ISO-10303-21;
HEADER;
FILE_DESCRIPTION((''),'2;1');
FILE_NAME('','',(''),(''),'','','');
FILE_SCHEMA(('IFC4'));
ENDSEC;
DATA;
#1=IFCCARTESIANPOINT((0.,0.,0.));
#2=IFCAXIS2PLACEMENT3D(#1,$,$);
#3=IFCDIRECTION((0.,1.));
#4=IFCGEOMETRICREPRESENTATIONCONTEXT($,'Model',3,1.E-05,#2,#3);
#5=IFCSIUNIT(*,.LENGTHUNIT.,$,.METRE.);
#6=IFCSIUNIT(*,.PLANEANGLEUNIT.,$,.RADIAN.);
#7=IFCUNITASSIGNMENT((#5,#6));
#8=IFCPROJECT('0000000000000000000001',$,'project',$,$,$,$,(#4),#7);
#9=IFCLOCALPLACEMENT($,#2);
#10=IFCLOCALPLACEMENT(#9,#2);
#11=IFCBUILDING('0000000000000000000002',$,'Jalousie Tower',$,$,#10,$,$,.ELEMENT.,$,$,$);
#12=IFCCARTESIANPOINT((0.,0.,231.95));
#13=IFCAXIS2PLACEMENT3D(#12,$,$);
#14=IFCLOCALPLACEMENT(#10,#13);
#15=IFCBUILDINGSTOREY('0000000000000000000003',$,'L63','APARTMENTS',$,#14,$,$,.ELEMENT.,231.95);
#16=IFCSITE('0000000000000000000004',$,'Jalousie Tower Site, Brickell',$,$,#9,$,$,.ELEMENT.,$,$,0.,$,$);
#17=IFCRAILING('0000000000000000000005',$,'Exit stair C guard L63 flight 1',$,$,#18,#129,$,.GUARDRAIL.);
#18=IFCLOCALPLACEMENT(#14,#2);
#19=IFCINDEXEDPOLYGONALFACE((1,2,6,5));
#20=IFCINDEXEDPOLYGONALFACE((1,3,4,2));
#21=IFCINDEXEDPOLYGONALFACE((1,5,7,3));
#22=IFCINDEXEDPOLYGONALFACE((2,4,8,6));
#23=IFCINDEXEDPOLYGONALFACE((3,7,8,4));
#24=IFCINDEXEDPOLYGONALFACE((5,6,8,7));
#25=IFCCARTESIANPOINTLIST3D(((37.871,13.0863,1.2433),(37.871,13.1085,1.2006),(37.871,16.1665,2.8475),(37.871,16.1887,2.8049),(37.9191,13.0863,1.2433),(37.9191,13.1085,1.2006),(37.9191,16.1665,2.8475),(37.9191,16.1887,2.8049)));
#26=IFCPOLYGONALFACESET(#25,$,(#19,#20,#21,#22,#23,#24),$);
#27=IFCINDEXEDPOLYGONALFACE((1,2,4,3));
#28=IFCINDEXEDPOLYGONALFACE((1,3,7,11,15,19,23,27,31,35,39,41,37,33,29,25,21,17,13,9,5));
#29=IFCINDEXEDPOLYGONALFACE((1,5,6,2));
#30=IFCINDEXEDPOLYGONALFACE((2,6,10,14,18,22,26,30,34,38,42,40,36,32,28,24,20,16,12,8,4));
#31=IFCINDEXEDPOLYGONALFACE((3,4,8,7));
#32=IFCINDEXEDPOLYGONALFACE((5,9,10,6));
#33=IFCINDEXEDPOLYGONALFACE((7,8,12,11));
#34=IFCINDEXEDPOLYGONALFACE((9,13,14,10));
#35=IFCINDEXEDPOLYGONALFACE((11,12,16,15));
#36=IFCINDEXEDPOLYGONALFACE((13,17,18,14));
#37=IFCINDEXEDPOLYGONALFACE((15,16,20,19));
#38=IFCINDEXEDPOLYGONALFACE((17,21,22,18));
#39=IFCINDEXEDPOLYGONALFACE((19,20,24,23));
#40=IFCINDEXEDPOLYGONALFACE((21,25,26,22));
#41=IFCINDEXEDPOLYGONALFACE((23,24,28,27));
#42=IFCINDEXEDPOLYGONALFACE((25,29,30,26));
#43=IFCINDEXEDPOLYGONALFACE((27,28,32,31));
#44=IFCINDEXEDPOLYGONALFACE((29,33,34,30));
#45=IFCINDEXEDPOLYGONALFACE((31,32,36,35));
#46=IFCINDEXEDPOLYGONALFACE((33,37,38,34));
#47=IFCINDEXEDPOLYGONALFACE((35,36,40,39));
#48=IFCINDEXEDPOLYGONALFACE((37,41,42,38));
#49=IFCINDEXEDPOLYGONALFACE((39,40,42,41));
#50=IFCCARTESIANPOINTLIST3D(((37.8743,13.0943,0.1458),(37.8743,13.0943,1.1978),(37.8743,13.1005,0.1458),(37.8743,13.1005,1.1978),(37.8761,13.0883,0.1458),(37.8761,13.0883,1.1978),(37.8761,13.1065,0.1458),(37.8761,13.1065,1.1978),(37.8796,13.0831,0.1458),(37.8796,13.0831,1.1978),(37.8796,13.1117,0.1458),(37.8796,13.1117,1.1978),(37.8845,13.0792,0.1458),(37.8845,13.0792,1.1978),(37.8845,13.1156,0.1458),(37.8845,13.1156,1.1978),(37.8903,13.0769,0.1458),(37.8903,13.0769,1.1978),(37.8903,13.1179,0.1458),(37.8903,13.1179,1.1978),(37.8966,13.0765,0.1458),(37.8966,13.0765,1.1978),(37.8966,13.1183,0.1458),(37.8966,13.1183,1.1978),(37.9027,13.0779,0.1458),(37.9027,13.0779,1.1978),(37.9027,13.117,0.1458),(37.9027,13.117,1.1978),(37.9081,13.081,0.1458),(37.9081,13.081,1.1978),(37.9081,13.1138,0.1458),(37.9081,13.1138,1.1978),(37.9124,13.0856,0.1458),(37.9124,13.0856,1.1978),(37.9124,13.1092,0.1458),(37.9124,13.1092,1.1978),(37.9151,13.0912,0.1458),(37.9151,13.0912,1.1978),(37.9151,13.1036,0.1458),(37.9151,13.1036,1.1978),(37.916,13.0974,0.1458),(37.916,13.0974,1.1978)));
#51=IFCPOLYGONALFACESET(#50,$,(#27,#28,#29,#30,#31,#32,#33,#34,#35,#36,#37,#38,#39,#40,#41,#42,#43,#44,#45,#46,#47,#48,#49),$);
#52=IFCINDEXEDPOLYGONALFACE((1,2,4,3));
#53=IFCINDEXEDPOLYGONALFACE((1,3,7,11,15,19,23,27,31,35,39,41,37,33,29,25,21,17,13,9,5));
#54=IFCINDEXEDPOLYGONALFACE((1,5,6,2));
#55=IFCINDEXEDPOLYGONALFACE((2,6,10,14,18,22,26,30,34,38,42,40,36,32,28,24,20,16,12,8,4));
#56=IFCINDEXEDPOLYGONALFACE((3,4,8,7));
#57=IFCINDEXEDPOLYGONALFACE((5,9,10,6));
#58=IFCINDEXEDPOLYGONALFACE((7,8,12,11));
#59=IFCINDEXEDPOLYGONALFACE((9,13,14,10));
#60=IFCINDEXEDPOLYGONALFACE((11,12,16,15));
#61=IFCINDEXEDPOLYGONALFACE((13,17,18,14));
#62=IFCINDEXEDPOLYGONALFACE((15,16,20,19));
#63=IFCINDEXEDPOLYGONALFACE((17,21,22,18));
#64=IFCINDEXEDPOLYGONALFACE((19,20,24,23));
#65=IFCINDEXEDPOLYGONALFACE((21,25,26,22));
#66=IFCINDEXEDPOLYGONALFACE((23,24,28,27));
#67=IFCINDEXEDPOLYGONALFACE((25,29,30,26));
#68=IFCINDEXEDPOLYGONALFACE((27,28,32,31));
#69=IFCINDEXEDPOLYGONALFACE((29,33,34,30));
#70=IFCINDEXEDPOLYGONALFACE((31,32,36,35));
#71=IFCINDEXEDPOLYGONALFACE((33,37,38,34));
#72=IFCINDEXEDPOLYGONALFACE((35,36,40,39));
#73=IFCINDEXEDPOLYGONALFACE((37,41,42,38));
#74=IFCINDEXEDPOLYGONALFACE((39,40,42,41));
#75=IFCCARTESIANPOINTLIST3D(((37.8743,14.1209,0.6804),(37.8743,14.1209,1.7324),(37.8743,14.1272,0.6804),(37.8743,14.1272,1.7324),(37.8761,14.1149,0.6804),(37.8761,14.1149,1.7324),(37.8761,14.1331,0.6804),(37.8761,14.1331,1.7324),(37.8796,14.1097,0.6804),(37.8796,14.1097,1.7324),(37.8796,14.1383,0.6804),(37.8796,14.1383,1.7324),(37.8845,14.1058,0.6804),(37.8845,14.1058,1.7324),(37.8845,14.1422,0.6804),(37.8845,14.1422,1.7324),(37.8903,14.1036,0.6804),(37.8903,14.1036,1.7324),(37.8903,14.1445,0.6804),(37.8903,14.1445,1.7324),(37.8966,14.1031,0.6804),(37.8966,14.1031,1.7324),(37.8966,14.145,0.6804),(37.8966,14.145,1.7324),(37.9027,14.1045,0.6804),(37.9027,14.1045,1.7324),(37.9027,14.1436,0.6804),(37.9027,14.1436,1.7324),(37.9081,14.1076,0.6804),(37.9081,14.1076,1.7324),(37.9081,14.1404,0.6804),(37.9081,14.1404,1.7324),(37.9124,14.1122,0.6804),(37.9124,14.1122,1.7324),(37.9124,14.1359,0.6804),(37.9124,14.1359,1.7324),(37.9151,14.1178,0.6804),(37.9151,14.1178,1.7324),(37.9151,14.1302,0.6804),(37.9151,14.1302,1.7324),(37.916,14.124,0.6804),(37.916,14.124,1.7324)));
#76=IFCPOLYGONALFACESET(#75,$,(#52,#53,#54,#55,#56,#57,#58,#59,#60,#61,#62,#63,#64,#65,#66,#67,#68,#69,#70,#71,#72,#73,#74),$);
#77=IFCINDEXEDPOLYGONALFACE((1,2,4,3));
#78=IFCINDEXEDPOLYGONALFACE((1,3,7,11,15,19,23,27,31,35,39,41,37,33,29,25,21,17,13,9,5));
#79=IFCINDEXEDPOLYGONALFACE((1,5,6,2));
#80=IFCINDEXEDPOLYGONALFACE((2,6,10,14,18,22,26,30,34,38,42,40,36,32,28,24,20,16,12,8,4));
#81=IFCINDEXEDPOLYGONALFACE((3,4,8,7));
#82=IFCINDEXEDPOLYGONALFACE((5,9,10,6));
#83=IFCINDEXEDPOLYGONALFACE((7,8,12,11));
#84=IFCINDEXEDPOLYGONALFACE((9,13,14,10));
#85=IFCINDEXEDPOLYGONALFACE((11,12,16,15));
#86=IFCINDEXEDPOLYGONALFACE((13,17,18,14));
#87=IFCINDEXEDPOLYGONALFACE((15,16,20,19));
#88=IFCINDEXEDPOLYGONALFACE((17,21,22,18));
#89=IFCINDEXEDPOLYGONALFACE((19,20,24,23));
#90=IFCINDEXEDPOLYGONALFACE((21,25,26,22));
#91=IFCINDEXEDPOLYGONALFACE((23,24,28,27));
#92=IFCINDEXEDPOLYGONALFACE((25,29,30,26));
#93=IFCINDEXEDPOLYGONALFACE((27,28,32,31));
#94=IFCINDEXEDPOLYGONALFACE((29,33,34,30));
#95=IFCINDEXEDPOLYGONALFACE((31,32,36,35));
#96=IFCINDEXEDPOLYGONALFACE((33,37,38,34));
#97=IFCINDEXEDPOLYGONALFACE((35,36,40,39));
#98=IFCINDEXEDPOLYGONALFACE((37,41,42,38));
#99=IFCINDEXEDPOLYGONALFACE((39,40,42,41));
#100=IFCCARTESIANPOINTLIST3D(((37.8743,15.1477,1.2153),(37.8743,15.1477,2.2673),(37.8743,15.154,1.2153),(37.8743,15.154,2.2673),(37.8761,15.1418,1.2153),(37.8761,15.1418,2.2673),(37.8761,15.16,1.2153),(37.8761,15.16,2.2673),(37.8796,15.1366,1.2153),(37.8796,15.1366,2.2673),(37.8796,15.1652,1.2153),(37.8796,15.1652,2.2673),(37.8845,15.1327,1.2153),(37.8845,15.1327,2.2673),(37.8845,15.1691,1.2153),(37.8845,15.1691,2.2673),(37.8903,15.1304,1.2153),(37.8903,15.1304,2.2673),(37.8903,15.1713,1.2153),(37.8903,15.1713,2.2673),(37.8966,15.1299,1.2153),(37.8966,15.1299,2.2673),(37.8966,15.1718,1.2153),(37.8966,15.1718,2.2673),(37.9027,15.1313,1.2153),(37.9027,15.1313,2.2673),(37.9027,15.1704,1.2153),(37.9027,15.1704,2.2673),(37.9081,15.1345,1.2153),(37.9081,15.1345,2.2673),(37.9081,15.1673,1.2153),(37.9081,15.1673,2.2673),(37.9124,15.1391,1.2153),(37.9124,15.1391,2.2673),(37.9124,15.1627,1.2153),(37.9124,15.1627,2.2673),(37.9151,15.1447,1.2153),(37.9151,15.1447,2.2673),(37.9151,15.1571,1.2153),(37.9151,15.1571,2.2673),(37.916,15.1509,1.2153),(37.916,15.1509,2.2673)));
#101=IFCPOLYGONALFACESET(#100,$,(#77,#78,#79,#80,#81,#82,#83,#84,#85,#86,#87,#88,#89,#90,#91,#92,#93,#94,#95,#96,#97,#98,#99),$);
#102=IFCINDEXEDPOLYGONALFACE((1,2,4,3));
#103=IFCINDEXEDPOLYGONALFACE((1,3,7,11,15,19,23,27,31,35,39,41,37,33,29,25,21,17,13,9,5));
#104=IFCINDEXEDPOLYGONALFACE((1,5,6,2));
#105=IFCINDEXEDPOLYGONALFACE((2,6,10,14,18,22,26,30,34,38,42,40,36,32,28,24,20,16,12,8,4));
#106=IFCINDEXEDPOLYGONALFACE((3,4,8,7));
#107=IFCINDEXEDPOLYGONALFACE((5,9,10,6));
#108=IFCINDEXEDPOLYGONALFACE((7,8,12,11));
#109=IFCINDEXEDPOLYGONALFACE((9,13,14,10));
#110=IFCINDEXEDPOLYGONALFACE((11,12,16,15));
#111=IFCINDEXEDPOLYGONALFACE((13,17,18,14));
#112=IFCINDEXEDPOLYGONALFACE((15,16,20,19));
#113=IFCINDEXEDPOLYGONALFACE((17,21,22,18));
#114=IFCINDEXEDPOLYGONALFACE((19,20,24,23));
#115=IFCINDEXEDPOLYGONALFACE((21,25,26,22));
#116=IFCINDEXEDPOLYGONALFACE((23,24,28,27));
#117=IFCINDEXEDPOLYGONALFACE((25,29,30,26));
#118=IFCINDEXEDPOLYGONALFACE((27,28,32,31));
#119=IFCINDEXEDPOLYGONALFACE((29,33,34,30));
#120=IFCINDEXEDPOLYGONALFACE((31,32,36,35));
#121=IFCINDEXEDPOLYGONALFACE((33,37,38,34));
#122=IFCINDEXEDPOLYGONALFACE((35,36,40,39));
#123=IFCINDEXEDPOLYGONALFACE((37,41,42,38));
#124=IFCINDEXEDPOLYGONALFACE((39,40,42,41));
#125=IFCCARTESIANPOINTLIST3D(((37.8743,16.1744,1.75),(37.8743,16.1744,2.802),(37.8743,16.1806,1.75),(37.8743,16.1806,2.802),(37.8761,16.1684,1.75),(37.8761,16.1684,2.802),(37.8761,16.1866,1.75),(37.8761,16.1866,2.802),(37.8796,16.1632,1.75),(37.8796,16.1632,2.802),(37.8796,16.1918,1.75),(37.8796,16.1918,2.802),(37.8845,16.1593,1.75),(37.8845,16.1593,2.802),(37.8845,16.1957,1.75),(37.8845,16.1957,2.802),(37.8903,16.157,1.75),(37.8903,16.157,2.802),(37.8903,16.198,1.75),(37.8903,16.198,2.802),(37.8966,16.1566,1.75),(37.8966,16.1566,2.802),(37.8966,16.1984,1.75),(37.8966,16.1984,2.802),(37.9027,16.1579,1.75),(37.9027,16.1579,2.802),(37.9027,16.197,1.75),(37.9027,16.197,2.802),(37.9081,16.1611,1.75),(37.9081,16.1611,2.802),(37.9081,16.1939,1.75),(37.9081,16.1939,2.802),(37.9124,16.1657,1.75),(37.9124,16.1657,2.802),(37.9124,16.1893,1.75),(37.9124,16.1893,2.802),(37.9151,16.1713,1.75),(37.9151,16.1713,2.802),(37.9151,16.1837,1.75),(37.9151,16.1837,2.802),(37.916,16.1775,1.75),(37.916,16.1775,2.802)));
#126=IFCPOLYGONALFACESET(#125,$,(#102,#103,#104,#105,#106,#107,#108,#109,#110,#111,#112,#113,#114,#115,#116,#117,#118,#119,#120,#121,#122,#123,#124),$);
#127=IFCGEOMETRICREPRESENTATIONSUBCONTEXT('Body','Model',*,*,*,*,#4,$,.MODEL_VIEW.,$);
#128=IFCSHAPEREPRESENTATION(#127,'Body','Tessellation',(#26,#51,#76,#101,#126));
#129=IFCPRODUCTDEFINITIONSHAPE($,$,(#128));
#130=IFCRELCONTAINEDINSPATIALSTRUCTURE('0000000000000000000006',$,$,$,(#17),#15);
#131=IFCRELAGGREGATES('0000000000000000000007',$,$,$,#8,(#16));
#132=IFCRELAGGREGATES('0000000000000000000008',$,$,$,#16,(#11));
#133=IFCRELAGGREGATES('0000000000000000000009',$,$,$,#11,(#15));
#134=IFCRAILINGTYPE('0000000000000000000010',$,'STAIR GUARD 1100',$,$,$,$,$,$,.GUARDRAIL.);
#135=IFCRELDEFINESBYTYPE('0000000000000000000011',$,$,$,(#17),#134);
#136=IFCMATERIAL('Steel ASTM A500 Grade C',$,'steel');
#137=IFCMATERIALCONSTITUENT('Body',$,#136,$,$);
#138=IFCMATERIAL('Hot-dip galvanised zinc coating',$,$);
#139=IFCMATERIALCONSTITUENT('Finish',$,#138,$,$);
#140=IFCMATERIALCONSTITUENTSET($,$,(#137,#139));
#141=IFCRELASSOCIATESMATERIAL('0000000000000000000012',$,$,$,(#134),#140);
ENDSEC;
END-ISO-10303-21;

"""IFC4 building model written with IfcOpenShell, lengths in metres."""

from ifc_helpers import new_model, si_unit, direction, frame, origin, origin_2d, place, context, subcontext, project, spatial, rectangle, circle, extrude, material, constituent, constituent_set, type_object, element, save


model = new_model("IFC4")

# Units and contexts
model_context = context("Model", 3, precision=1e-05, world=origin(), true_north=direction((0.0, 1.0)))
body_context = subcontext(model_context, "Body", "Model", "MODEL_VIEW")
ifc_project = project(units=[si_unit("LENGTHUNIT", "METRE"), si_unit("PLANEANGLEUNIT", "RADIAN")], contexts=[model_context])

# Site, building, storey
site_placement = place(None, origin())
site = spatial("IfcSite", under=ifc_project, at=site_placement, Name="Jalousie Tower Site, Brickell", CompositionType="ELEMENT", RefElevation=0.0)
building_placement = place(site_placement, origin())
building = spatial("IfcBuilding", under=site, at=building_placement, Name="Jalousie Tower", CompositionType="ELEMENT")
storey_placement = place(building_placement, frame((0.0, 0.0, 231.95)))
storey = spatial("IfcBuildingStorey", under=building, at=storey_placement, Name="L63", Description="APARTMENTS", CompositionType="ELEMENT", Elevation=231.95)

# Railing
ifc_material_1 = material(Name="Steel ASTM A500 Grade C", Category="steel")
ifc_constituent_1 = constituent(ifc_material_1, Name="Body")
ifc_material_2 = material(Name="Hot-dip galvanised zinc coating")
ifc_constituent_2 = constituent(ifc_material_2, Name="Finish")
ifc_constituent_set_1 = constituent_set(constituents=[ifc_constituent_1, ifc_constituent_2])
railing_type_1 = type_object("IfcRailingType", Name="STAIR GUARD 1100", PredefinedType="GUARDRAIL", material=ifc_constituent_set_1)
railing_1_placement = place(storey_placement, frame((37.895, 13.0974, 0.1458)))
element("IfcRailing", 1, at=railing_1_placement, inside=storey, type_object=railing_type_1, Name="Exit stair C guard L63 flight 1", PredefinedType="GUARDRAIL", context=body_context, shape_type="SweptSolid", body=[
    extrude(rectangle(XDim=0.0481, YDim=0.0481, at=origin_2d()), frame((0.0, 0.0, 1.0762), z_axis=(0.0, 0.886909, 0.461944), x_axis=(-1.0, 0.0, 0.0)), (0.0, 0.0, 1.0), 3.4729),
    extrude(circle(Radius=0.021, at=origin_2d()), origin(), (0.0, 0.0, 1.0), 1.052),
    extrude(circle(Radius=0.021, at=origin_2d()), frame((0.0, 1.0266, 0.5347)), (0.0, 0.0, 1.0), 1.052),
    extrude(circle(Radius=0.021, at=origin_2d()), frame((0.0, 2.0535, 1.0696)), (0.0, 0.0, 1.0), 1.052),
    extrude(circle(Radius=0.021, at=origin_2d()), frame((0.0, 3.0801, 1.6042)), (0.0, 0.0, 1.0), 1.052),
])

save(model, "model.ifc")
